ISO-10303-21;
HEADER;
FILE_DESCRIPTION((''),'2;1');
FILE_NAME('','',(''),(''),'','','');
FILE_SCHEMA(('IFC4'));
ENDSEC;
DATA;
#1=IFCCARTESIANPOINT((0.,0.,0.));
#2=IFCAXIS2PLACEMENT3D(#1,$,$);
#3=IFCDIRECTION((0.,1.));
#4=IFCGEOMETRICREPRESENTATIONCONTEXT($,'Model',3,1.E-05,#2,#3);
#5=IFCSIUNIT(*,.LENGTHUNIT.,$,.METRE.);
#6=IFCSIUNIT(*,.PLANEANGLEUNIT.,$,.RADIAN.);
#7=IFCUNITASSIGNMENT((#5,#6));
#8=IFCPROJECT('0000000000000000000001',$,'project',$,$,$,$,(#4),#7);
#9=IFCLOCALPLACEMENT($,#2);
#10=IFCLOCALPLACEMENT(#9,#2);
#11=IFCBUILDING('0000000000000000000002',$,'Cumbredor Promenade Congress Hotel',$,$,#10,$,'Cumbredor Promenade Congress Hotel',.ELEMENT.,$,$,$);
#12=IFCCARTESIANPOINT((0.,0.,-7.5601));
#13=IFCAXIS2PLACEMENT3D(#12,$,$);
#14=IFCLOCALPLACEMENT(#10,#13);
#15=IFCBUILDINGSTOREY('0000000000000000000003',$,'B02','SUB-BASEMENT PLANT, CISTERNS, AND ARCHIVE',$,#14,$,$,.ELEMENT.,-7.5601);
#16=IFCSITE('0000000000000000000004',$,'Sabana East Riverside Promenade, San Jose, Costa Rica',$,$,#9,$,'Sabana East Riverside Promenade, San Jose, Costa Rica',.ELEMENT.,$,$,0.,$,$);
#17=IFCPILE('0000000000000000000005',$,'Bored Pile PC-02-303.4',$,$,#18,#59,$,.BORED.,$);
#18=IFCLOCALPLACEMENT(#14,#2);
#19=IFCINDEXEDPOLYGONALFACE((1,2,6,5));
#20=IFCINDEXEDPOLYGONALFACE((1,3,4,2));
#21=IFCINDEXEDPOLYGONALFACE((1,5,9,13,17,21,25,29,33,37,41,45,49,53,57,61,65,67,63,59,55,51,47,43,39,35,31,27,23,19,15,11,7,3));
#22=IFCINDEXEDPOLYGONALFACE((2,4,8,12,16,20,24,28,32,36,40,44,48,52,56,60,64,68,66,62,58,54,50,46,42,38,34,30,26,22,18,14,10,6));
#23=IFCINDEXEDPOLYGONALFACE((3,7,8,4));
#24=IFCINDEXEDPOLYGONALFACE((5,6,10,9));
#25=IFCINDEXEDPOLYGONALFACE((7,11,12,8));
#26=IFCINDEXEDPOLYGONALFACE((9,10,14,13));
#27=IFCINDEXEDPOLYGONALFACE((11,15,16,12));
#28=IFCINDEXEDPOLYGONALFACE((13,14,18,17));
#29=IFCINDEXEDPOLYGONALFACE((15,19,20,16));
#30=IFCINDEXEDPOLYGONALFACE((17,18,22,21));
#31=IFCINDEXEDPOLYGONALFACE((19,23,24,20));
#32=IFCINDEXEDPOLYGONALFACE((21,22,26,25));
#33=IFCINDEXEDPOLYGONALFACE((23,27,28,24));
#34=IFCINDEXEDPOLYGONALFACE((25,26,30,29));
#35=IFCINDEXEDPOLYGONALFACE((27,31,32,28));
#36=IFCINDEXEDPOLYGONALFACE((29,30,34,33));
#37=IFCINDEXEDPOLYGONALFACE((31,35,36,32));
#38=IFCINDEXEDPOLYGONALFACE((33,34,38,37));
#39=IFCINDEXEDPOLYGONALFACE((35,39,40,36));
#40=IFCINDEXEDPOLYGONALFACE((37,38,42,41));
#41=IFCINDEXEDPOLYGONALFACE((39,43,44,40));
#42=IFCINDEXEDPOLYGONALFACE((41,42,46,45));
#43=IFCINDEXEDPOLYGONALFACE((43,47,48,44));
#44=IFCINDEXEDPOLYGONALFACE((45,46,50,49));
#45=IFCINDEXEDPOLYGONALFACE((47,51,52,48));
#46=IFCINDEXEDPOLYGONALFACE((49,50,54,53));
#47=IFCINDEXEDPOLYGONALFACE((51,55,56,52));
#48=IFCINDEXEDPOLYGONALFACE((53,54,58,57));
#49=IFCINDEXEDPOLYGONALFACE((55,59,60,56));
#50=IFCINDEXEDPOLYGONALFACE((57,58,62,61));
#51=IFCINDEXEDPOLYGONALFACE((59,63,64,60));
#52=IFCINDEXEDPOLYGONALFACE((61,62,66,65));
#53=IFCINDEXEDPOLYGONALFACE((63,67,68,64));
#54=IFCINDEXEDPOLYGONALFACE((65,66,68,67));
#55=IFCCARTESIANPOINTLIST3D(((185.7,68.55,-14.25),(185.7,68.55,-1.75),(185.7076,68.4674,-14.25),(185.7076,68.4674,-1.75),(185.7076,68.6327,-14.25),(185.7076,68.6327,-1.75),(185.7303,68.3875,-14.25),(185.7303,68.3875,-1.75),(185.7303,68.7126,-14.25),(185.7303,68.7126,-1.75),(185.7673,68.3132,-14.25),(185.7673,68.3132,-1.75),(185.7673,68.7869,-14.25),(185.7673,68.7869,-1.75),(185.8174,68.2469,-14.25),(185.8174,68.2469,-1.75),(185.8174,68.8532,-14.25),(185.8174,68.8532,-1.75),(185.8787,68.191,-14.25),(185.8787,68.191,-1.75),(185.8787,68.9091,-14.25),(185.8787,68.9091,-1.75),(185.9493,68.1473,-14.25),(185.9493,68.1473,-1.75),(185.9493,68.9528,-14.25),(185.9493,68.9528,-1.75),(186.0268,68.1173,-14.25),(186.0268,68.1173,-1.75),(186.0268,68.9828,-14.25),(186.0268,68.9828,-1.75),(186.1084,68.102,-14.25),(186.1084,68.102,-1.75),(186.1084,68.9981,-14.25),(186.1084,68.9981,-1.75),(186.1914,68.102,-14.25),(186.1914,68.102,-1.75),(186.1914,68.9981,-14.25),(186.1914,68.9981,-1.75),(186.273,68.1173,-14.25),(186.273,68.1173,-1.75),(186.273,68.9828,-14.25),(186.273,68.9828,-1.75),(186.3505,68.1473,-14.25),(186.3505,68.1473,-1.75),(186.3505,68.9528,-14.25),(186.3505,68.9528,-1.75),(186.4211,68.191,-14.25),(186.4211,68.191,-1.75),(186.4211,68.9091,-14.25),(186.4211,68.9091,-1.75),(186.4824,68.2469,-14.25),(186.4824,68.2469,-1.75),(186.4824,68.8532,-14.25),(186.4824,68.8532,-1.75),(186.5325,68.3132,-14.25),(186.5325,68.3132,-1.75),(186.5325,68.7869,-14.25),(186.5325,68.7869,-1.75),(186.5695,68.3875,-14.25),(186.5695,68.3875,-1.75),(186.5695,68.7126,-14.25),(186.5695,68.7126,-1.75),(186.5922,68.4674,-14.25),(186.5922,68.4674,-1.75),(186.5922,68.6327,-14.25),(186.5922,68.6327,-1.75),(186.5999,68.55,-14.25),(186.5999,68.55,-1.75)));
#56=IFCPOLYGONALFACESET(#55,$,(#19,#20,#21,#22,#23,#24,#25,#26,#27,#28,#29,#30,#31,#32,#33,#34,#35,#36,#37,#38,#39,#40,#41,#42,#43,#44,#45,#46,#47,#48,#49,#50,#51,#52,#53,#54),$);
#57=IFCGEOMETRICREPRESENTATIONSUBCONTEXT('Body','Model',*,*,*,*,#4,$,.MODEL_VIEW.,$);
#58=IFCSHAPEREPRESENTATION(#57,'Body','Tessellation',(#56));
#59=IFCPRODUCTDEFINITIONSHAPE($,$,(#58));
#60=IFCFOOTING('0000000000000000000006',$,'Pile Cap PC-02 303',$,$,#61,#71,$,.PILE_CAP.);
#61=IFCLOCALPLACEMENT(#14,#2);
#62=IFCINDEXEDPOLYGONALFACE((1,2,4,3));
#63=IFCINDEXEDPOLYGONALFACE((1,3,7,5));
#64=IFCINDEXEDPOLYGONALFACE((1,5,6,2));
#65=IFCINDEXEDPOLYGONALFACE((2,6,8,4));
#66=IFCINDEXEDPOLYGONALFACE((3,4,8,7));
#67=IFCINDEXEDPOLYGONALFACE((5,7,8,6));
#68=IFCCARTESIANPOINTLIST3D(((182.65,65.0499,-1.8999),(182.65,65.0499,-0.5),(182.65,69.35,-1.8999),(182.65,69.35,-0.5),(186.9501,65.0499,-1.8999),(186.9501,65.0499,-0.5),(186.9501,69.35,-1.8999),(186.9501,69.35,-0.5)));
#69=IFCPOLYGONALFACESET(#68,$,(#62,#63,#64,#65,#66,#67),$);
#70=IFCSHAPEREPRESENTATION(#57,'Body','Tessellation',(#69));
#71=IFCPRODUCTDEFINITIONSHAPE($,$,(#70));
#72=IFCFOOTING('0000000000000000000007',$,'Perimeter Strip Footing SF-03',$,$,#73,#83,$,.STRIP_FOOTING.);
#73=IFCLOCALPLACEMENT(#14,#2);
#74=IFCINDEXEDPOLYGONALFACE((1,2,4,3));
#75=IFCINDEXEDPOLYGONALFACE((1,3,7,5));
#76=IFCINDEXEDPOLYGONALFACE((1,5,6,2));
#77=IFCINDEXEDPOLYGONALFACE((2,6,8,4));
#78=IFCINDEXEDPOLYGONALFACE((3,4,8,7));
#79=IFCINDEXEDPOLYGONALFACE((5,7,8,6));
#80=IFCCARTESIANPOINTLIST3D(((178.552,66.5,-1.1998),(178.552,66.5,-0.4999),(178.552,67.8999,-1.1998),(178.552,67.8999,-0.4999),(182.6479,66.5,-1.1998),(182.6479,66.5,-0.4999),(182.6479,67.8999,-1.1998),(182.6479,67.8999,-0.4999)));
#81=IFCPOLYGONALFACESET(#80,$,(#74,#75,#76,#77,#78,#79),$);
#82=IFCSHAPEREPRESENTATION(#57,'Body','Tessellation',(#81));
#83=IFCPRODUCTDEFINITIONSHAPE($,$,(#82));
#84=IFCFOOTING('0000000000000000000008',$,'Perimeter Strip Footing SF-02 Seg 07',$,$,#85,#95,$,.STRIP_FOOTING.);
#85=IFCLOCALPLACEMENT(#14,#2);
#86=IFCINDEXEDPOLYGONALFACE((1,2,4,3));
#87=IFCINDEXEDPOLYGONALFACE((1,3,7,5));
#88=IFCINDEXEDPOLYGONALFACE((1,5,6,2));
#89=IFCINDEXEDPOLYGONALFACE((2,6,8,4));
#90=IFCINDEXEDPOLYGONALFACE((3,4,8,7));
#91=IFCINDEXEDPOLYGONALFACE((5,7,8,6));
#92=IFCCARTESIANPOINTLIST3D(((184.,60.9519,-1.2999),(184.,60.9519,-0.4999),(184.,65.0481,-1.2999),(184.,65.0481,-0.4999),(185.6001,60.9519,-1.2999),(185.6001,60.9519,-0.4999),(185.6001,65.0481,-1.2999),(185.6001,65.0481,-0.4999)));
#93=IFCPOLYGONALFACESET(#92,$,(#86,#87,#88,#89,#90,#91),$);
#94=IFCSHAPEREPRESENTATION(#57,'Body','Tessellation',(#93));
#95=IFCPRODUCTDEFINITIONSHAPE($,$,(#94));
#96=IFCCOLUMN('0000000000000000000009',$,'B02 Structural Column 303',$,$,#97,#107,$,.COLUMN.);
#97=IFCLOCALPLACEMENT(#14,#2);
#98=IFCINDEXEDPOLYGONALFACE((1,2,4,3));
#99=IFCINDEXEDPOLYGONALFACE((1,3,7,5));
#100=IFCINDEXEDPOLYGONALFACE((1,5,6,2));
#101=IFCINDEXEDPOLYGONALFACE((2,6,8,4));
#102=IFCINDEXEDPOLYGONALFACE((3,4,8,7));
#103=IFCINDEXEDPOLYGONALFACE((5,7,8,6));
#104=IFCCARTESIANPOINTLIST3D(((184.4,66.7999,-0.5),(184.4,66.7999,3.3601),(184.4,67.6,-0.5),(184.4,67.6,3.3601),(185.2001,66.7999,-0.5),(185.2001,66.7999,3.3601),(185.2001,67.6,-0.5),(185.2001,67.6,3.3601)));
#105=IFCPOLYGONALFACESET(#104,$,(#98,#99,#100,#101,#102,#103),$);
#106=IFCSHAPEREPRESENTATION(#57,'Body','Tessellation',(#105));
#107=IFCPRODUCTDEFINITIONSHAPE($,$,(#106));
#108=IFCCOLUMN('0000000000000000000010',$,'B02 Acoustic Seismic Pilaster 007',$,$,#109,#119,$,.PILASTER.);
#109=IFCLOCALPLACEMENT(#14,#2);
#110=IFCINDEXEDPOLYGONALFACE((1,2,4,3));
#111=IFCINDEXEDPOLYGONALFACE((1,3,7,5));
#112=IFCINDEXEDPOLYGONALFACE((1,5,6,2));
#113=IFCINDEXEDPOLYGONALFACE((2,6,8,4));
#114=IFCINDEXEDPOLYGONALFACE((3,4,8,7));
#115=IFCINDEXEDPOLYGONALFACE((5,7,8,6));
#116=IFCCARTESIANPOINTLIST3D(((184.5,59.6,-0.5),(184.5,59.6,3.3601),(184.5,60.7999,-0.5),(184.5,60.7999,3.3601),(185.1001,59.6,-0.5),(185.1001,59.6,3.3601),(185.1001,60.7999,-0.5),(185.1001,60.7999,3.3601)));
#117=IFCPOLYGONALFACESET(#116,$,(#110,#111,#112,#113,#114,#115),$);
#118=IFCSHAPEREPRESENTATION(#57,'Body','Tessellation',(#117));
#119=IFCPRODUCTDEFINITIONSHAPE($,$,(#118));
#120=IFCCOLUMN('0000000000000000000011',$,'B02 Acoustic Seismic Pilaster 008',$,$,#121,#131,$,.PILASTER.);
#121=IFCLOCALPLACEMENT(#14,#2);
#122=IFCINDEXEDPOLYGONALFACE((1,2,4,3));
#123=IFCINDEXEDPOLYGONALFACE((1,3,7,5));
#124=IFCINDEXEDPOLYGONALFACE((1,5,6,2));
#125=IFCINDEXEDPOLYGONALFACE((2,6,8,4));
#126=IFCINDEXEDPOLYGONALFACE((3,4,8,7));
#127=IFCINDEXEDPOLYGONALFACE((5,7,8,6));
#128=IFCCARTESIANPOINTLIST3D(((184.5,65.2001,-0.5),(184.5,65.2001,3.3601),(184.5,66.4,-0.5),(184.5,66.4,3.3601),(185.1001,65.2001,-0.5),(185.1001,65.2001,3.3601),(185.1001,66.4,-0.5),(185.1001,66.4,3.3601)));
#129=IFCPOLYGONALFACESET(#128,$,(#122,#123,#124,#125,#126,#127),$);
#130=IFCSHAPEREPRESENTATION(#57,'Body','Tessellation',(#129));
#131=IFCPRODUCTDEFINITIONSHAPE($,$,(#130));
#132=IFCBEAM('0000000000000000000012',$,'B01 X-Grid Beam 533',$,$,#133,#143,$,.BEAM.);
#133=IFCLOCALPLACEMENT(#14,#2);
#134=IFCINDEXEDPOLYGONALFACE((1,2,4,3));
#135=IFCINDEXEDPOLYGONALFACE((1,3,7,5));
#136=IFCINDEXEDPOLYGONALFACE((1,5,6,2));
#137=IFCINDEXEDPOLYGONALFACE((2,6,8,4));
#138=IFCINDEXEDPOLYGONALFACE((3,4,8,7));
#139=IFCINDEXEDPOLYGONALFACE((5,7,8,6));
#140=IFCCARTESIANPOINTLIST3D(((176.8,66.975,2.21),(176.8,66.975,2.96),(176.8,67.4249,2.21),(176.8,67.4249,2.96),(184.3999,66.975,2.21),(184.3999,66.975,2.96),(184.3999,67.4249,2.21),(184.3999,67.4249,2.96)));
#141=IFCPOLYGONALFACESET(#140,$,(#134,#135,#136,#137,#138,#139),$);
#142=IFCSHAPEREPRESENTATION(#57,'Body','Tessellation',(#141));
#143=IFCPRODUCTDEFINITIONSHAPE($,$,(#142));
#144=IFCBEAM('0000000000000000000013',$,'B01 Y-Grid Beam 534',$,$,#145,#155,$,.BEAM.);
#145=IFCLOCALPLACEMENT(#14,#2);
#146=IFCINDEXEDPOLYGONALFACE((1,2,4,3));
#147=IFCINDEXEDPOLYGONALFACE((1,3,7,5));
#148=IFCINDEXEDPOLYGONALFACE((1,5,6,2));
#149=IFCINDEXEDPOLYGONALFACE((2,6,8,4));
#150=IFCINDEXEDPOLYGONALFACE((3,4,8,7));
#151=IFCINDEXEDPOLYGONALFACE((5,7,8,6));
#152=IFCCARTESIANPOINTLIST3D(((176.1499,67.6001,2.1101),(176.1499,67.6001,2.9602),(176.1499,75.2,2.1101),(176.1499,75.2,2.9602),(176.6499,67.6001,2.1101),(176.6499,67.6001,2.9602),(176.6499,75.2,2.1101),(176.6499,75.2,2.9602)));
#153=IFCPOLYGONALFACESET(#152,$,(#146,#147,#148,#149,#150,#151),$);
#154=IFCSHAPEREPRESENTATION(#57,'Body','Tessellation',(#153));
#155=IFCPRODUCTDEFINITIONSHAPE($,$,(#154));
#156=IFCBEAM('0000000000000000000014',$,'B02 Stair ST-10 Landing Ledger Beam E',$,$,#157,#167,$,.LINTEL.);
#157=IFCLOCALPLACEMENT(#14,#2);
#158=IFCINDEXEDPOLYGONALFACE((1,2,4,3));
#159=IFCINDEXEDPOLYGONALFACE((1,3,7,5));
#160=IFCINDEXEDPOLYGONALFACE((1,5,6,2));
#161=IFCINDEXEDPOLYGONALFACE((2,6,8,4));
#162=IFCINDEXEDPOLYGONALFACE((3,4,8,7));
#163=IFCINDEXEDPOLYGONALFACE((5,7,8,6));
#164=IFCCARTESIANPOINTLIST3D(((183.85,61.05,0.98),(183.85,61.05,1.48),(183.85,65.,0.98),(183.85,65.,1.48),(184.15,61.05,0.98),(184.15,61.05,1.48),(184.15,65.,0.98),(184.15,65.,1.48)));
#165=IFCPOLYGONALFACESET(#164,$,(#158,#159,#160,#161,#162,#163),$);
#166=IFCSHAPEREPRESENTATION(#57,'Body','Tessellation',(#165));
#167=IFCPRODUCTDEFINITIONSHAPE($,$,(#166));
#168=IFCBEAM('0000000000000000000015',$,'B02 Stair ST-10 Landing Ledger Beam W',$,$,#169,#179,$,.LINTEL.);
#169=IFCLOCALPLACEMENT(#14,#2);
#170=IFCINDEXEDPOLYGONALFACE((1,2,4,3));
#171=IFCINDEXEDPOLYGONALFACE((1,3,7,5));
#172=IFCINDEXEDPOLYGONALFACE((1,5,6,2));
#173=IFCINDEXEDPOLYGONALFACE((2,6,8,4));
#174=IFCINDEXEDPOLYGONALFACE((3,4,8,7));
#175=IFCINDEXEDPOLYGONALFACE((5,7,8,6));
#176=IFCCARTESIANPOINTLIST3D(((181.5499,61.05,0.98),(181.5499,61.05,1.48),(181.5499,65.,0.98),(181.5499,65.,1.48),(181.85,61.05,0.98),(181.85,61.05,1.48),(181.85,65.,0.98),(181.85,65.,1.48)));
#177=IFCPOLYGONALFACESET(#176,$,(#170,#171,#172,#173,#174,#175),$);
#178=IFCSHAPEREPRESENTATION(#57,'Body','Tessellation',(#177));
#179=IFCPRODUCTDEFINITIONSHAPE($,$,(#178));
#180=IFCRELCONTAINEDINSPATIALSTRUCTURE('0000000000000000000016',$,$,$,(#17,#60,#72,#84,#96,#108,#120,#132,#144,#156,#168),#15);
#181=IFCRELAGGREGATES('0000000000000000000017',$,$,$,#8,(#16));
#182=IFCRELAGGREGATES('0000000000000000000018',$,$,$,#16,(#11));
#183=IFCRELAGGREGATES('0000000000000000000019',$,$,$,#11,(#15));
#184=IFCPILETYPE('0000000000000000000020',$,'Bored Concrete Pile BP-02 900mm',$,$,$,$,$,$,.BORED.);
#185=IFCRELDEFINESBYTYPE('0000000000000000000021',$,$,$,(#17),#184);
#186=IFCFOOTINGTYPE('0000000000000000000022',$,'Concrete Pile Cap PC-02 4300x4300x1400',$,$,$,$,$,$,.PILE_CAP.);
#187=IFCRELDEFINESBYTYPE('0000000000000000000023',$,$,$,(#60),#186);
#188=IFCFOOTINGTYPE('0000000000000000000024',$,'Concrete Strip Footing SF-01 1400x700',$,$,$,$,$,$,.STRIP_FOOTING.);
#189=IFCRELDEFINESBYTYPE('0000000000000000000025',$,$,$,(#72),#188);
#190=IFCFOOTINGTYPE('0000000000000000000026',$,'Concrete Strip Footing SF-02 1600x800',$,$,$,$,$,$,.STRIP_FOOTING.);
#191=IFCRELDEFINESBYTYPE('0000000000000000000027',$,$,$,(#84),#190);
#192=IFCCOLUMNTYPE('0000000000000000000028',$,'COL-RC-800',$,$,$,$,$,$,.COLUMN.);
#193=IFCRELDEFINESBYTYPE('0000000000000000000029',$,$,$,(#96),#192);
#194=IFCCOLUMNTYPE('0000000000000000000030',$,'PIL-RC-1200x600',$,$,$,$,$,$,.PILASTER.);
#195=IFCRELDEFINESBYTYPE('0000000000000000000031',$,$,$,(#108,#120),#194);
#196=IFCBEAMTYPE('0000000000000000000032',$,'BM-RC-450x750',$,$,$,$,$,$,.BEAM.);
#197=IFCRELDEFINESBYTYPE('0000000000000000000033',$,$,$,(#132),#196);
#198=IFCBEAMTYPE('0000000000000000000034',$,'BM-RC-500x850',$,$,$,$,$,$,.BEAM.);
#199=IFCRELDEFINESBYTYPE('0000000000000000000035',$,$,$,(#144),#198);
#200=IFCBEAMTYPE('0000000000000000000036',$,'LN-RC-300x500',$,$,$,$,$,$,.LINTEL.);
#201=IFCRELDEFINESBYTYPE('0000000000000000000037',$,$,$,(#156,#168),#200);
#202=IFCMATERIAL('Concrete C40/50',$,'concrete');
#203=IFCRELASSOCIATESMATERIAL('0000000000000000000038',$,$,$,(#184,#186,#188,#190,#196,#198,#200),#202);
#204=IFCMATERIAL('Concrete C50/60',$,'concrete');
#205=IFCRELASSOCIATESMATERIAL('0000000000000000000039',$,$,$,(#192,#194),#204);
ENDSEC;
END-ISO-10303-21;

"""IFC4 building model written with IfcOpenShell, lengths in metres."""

from ifc_helpers import new_model, si_unit, direction, frame, origin, origin_2d, place, context, subcontext, project, spatial, rectangle, circle, extrude, material, material_profile, profile_set, type_object, element, save


model = new_model("IFC4")

# Units and contexts
model_context = context("Model", 3, precision=1e-05, world=origin(), true_north=direction((0.0, 1.0)))
body_context = subcontext(model_context, "Body", "Model", "MODEL_VIEW")
ifc_project = project(units=[si_unit("LENGTHUNIT", "METRE"), si_unit("PLANEANGLEUNIT", "RADIAN")], contexts=[model_context])

# Site, building, storey
site_placement = place(None, origin())
site = spatial("IfcSite", under=ifc_project, at=site_placement, Name="Sabana East Riverside Promenade, San Jose, Costa Rica", LongName="Sabana East Riverside Promenade, San Jose, Costa Rica", CompositionType="ELEMENT", RefElevation=0.0)
building_placement = place(site_placement, origin())
building = spatial("IfcBuilding", under=site, at=building_placement, Name="Cumbredor Promenade Congress Hotel", LongName="Cumbredor Promenade Congress Hotel", CompositionType="ELEMENT")
storey_placement = place(building_placement, frame((0.0, 0.0, -7.5601)))
storey = spatial("IfcBuildingStorey", under=building, at=storey_placement, Name="B02", Description="SUB-BASEMENT PLANT, CISTERNS, AND ARCHIVE", CompositionType="ELEMENT", Elevation=-7.5601)

# Pile
ifc_material_1 = material(Name="Concrete C40/50", Category="concrete")
ifc_material_profile_1 = material_profile(ifc_material_1, circle(Radius=0.45, at=origin_2d()), Name="PILE D900")
ifc_profile_set_1 = profile_set([ifc_material_profile_1], Name="Concrete C40/50")
pile_type = type_object("IfcPileType", Name="Bored Concrete Pile BP-02 900mm", PredefinedType="BORED", material=ifc_profile_set_1)
for number, where, z_axis, x_axis, name in (
    (1, (186.1499, 68.55, -1.75), (0.0, 0.0, -1.0), (1.0, 0.0, 0.0), "Bored Pile PC-02-303.4"),
):
    element("IfcPile", number, at=place(storey_placement, frame(where, z_axis=z_axis, x_axis=x_axis)), inside=storey, type_object=pile_type, Name=name, PredefinedType="BORED", context=body_context, shape_type="SweptSolid", body=[
        extrude(circle(Radius=0.45, at=origin_2d()), origin(), (0.0, 0.0, 1.0), 12.5),
    ])

# Footings
footing_type_1 = type_object("IfcFootingType", Name="Concrete Pile Cap PC-02 4300x4300x1400", PredefinedType="PILE_CAP", material=ifc_material_1)
footing_1_placement = place(storey_placement, frame((184.8, 67.2, -1.8999), z_axis=(0.0, 0.0, 1.0), x_axis=(1.0, 0.0, 0.0)))
element("IfcFooting", 2, at=footing_1_placement, inside=storey, type_object=footing_type_1, Name="Pile Cap PC-02 303", PredefinedType="PILE_CAP", context=body_context, shape_type="SweptSolid", body=[
    extrude(rectangle(XDim=4.3, YDim=4.3, at=origin_2d()), origin(), (0.0, 0.0, 1.0), 1.3999),
])
ifc_material_profile_2 = material_profile(ifc_material_1, rectangle(XDim=1.3999, YDim=0.7, at=origin_2d()), Name="SF 1400x700")
ifc_profile_set_2 = profile_set([ifc_material_profile_2], Name="Concrete C40/50")
footing_type_2 = type_object("IfcFootingType", Name="Concrete Strip Footing SF-01 1400x700", PredefinedType="STRIP_FOOTING", material=ifc_profile_set_2)
footing_2_placement = place(storey_placement, frame((178.552, 67.2, -0.8499), z_axis=(1.0, 0.0, 0.0), x_axis=(0.0, 1.0, 0.0)))
element("IfcFooting", 3, at=footing_2_placement, inside=storey, type_object=footing_type_2, Name="Perimeter Strip Footing SF-03", PredefinedType="STRIP_FOOTING", context=body_context, shape_type="SweptSolid", body=[
    extrude(rectangle(XDim=1.3999, YDim=0.7, at=origin_2d()), origin(), (0.0, 0.0, 1.0), 4.0959),
])
ifc_material_profile_3 = material_profile(ifc_material_1, rectangle(XDim=1.6001, YDim=0.8, at=origin_2d()), Name="SF 1600x800")
ifc_profile_set_3 = profile_set([ifc_material_profile_3], Name="Concrete C40/50")
footing_type_3 = type_object("IfcFootingType", Name="Concrete Strip Footing SF-02 1600x800", PredefinedType="STRIP_FOOTING", material=ifc_profile_set_3)
footing_3_placement = place(storey_placement, frame((184.8, 60.9519, -0.8999), z_axis=(0.0, 1.0, 0.0), x_axis=(-1.0, 0.0, 0.0)))
element("IfcFooting", 4, at=footing_3_placement, inside=storey, type_object=footing_type_3, Name="Perimeter Strip Footing SF-02 Seg 07", PredefinedType="STRIP_FOOTING", context=body_context, shape_type="SweptSolid", body=[
    extrude(rectangle(XDim=1.6001, YDim=0.8, at=origin_2d()), origin(), (0.0, 0.0, 1.0), 4.0962),
])

# Columns
ifc_material_2 = material(Name="Concrete C50/60", Category="concrete")
ifc_material_profile_4 = material_profile(ifc_material_2, rectangle(XDim=0.8, YDim=0.8, at=origin_2d()), Name="RC 800x800")
ifc_profile_set_4 = profile_set([ifc_material_profile_4], Name="Concrete C50/60")
column_type_1 = type_object("IfcColumnType", Name="COL-RC-800", PredefinedType="COLUMN", material=ifc_profile_set_4)
column_placement = place(storey_placement, frame((184.8, 67.2, -0.5), z_axis=(0.0, 0.0, 1.0), x_axis=(1.0, 0.0, 0.0)))
element("IfcColumn", 5, at=column_placement, inside=storey, type_object=column_type_1, Name="B02 Structural Column 303", PredefinedType="COLUMN", context=body_context, shape_type="SweptSolid", body=[
    extrude(rectangle(XDim=0.8, YDim=0.8, at=origin_2d()), origin(), (0.0, 0.0, 1.0), 3.8601),
])
ifc_material_profile_5 = material_profile(ifc_material_2, rectangle(XDim=0.6001, YDim=1.2, at=origin_2d()), Name="RC PILASTER 1200x600")
ifc_profile_set_5 = profile_set([ifc_material_profile_5], Name="Concrete C50/60")
column_type_2 = type_object("IfcColumnType", Name="PIL-RC-1200x600", PredefinedType="PILASTER", material=ifc_profile_set_5)
for number, where, z_axis, x_axis, name in (
    (6, (184.8, 60.2, -0.5), (0.0, 0.0, 1.0), (1.0, 0.0, 0.0), "B02 Acoustic Seismic Pilaster 007"),
    (7, (184.8, 65.8, -0.5), (0.0, 0.0, 1.0), (1.0, 0.0, 0.0), "B02 Acoustic Seismic Pilaster 008"),
):
    element("IfcColumn", number, at=place(storey_placement, frame(where, z_axis=z_axis, x_axis=x_axis)), inside=storey, type_object=column_type_2, Name=name, PredefinedType="PILASTER", context=body_context, shape_type="SweptSolid", body=[
        extrude(rectangle(XDim=0.6001, YDim=1.2, at=origin_2d()), origin(), (0.0, 0.0, 1.0), 3.8601),
    ])

# Beams
ifc_material_profile_6 = material_profile(ifc_material_1, rectangle(XDim=0.45, YDim=0.75, at=origin_2d()), Name="RC BEAM 450x750")
ifc_profile_set_6 = profile_set([ifc_material_profile_6], Name="Concrete C40/50")
beam_type_1 = type_object("IfcBeamType", Name="BM-RC-450x750", PredefinedType="BEAM", material=ifc_profile_set_6)
beam_1_placement = place(storey_placement, frame((176.8, 67.2, 2.585), z_axis=(1.0, 0.0, 0.0), x_axis=(0.0, 1.0, 0.0)))
element("IfcBeam", 8, at=beam_1_placement, inside=storey, type_object=beam_type_1, Name="B01 X-Grid Beam 533", PredefinedType="BEAM", context=body_context, shape_type="SweptSolid", body=[
    extrude(rectangle(XDim=0.45, YDim=0.75, at=origin_2d()), origin(), (0.0, 0.0, 1.0), 7.5999),
])
ifc_material_profile_7 = material_profile(ifc_material_1, rectangle(XDim=0.5, YDim=0.8501, at=origin_2d()), Name="RC BEAM 500x850")
ifc_profile_set_7 = profile_set([ifc_material_profile_7], Name="Concrete C40/50")
beam_type_2 = type_object("IfcBeamType", Name="BM-RC-500x850", PredefinedType="BEAM", material=ifc_profile_set_7)
beam_2_placement = place(storey_placement, frame((176.3999, 67.6001, 2.5352), z_axis=(0.0, 1.0, 0.0), x_axis=(-1.0, 0.0, 0.0)))
element("IfcBeam", 9, at=beam_2_placement, inside=storey, type_object=beam_type_2, Name="B01 Y-Grid Beam 534", PredefinedType="BEAM", context=body_context, shape_type="SweptSolid", body=[
    extrude(rectangle(XDim=0.5, YDim=0.8501, at=origin_2d()), origin(), (0.0, 0.0, 1.0), 7.5999),
])
ifc_material_profile_8 = material_profile(ifc_material_1, rectangle(XDim=0.3, YDim=0.5, at=origin_2d()), Name="RC LINTEL 300x500")
ifc_profile_set_8 = profile_set([ifc_material_profile_8], Name="Concrete C40/50")
beam_type_3 = type_object("IfcBeamType", Name="LN-RC-300x500", PredefinedType="LINTEL", material=ifc_profile_set_8)
for number, where, z_axis, x_axis, name in (
    (10, (184.0, 61.05, 1.23), (0.0, 1.0, 0.0), (-1.0, 0.0, 0.0), "B02 Stair ST-10 Landing Ledger Beam E"),
    (11, (181.7, 61.05, 1.23), (0.0, 1.0, 0.0), (-1.0, 0.0, 0.0), "B02 Stair ST-10 Landing Ledger Beam W"),
):
    element("IfcBeam", number, at=place(storey_placement, frame(where, z_axis=z_axis, x_axis=x_axis)), inside=storey, type_object=beam_type_3, Name=name, PredefinedType="LINTEL", context=body_context, shape_type="SweptSolid", body=[
        extrude(rectangle(XDim=0.3, YDim=0.5, at=origin_2d()), origin(), (0.0, 0.0, 1.0), 3.95),
    ])

save(model, "model.ifc")
